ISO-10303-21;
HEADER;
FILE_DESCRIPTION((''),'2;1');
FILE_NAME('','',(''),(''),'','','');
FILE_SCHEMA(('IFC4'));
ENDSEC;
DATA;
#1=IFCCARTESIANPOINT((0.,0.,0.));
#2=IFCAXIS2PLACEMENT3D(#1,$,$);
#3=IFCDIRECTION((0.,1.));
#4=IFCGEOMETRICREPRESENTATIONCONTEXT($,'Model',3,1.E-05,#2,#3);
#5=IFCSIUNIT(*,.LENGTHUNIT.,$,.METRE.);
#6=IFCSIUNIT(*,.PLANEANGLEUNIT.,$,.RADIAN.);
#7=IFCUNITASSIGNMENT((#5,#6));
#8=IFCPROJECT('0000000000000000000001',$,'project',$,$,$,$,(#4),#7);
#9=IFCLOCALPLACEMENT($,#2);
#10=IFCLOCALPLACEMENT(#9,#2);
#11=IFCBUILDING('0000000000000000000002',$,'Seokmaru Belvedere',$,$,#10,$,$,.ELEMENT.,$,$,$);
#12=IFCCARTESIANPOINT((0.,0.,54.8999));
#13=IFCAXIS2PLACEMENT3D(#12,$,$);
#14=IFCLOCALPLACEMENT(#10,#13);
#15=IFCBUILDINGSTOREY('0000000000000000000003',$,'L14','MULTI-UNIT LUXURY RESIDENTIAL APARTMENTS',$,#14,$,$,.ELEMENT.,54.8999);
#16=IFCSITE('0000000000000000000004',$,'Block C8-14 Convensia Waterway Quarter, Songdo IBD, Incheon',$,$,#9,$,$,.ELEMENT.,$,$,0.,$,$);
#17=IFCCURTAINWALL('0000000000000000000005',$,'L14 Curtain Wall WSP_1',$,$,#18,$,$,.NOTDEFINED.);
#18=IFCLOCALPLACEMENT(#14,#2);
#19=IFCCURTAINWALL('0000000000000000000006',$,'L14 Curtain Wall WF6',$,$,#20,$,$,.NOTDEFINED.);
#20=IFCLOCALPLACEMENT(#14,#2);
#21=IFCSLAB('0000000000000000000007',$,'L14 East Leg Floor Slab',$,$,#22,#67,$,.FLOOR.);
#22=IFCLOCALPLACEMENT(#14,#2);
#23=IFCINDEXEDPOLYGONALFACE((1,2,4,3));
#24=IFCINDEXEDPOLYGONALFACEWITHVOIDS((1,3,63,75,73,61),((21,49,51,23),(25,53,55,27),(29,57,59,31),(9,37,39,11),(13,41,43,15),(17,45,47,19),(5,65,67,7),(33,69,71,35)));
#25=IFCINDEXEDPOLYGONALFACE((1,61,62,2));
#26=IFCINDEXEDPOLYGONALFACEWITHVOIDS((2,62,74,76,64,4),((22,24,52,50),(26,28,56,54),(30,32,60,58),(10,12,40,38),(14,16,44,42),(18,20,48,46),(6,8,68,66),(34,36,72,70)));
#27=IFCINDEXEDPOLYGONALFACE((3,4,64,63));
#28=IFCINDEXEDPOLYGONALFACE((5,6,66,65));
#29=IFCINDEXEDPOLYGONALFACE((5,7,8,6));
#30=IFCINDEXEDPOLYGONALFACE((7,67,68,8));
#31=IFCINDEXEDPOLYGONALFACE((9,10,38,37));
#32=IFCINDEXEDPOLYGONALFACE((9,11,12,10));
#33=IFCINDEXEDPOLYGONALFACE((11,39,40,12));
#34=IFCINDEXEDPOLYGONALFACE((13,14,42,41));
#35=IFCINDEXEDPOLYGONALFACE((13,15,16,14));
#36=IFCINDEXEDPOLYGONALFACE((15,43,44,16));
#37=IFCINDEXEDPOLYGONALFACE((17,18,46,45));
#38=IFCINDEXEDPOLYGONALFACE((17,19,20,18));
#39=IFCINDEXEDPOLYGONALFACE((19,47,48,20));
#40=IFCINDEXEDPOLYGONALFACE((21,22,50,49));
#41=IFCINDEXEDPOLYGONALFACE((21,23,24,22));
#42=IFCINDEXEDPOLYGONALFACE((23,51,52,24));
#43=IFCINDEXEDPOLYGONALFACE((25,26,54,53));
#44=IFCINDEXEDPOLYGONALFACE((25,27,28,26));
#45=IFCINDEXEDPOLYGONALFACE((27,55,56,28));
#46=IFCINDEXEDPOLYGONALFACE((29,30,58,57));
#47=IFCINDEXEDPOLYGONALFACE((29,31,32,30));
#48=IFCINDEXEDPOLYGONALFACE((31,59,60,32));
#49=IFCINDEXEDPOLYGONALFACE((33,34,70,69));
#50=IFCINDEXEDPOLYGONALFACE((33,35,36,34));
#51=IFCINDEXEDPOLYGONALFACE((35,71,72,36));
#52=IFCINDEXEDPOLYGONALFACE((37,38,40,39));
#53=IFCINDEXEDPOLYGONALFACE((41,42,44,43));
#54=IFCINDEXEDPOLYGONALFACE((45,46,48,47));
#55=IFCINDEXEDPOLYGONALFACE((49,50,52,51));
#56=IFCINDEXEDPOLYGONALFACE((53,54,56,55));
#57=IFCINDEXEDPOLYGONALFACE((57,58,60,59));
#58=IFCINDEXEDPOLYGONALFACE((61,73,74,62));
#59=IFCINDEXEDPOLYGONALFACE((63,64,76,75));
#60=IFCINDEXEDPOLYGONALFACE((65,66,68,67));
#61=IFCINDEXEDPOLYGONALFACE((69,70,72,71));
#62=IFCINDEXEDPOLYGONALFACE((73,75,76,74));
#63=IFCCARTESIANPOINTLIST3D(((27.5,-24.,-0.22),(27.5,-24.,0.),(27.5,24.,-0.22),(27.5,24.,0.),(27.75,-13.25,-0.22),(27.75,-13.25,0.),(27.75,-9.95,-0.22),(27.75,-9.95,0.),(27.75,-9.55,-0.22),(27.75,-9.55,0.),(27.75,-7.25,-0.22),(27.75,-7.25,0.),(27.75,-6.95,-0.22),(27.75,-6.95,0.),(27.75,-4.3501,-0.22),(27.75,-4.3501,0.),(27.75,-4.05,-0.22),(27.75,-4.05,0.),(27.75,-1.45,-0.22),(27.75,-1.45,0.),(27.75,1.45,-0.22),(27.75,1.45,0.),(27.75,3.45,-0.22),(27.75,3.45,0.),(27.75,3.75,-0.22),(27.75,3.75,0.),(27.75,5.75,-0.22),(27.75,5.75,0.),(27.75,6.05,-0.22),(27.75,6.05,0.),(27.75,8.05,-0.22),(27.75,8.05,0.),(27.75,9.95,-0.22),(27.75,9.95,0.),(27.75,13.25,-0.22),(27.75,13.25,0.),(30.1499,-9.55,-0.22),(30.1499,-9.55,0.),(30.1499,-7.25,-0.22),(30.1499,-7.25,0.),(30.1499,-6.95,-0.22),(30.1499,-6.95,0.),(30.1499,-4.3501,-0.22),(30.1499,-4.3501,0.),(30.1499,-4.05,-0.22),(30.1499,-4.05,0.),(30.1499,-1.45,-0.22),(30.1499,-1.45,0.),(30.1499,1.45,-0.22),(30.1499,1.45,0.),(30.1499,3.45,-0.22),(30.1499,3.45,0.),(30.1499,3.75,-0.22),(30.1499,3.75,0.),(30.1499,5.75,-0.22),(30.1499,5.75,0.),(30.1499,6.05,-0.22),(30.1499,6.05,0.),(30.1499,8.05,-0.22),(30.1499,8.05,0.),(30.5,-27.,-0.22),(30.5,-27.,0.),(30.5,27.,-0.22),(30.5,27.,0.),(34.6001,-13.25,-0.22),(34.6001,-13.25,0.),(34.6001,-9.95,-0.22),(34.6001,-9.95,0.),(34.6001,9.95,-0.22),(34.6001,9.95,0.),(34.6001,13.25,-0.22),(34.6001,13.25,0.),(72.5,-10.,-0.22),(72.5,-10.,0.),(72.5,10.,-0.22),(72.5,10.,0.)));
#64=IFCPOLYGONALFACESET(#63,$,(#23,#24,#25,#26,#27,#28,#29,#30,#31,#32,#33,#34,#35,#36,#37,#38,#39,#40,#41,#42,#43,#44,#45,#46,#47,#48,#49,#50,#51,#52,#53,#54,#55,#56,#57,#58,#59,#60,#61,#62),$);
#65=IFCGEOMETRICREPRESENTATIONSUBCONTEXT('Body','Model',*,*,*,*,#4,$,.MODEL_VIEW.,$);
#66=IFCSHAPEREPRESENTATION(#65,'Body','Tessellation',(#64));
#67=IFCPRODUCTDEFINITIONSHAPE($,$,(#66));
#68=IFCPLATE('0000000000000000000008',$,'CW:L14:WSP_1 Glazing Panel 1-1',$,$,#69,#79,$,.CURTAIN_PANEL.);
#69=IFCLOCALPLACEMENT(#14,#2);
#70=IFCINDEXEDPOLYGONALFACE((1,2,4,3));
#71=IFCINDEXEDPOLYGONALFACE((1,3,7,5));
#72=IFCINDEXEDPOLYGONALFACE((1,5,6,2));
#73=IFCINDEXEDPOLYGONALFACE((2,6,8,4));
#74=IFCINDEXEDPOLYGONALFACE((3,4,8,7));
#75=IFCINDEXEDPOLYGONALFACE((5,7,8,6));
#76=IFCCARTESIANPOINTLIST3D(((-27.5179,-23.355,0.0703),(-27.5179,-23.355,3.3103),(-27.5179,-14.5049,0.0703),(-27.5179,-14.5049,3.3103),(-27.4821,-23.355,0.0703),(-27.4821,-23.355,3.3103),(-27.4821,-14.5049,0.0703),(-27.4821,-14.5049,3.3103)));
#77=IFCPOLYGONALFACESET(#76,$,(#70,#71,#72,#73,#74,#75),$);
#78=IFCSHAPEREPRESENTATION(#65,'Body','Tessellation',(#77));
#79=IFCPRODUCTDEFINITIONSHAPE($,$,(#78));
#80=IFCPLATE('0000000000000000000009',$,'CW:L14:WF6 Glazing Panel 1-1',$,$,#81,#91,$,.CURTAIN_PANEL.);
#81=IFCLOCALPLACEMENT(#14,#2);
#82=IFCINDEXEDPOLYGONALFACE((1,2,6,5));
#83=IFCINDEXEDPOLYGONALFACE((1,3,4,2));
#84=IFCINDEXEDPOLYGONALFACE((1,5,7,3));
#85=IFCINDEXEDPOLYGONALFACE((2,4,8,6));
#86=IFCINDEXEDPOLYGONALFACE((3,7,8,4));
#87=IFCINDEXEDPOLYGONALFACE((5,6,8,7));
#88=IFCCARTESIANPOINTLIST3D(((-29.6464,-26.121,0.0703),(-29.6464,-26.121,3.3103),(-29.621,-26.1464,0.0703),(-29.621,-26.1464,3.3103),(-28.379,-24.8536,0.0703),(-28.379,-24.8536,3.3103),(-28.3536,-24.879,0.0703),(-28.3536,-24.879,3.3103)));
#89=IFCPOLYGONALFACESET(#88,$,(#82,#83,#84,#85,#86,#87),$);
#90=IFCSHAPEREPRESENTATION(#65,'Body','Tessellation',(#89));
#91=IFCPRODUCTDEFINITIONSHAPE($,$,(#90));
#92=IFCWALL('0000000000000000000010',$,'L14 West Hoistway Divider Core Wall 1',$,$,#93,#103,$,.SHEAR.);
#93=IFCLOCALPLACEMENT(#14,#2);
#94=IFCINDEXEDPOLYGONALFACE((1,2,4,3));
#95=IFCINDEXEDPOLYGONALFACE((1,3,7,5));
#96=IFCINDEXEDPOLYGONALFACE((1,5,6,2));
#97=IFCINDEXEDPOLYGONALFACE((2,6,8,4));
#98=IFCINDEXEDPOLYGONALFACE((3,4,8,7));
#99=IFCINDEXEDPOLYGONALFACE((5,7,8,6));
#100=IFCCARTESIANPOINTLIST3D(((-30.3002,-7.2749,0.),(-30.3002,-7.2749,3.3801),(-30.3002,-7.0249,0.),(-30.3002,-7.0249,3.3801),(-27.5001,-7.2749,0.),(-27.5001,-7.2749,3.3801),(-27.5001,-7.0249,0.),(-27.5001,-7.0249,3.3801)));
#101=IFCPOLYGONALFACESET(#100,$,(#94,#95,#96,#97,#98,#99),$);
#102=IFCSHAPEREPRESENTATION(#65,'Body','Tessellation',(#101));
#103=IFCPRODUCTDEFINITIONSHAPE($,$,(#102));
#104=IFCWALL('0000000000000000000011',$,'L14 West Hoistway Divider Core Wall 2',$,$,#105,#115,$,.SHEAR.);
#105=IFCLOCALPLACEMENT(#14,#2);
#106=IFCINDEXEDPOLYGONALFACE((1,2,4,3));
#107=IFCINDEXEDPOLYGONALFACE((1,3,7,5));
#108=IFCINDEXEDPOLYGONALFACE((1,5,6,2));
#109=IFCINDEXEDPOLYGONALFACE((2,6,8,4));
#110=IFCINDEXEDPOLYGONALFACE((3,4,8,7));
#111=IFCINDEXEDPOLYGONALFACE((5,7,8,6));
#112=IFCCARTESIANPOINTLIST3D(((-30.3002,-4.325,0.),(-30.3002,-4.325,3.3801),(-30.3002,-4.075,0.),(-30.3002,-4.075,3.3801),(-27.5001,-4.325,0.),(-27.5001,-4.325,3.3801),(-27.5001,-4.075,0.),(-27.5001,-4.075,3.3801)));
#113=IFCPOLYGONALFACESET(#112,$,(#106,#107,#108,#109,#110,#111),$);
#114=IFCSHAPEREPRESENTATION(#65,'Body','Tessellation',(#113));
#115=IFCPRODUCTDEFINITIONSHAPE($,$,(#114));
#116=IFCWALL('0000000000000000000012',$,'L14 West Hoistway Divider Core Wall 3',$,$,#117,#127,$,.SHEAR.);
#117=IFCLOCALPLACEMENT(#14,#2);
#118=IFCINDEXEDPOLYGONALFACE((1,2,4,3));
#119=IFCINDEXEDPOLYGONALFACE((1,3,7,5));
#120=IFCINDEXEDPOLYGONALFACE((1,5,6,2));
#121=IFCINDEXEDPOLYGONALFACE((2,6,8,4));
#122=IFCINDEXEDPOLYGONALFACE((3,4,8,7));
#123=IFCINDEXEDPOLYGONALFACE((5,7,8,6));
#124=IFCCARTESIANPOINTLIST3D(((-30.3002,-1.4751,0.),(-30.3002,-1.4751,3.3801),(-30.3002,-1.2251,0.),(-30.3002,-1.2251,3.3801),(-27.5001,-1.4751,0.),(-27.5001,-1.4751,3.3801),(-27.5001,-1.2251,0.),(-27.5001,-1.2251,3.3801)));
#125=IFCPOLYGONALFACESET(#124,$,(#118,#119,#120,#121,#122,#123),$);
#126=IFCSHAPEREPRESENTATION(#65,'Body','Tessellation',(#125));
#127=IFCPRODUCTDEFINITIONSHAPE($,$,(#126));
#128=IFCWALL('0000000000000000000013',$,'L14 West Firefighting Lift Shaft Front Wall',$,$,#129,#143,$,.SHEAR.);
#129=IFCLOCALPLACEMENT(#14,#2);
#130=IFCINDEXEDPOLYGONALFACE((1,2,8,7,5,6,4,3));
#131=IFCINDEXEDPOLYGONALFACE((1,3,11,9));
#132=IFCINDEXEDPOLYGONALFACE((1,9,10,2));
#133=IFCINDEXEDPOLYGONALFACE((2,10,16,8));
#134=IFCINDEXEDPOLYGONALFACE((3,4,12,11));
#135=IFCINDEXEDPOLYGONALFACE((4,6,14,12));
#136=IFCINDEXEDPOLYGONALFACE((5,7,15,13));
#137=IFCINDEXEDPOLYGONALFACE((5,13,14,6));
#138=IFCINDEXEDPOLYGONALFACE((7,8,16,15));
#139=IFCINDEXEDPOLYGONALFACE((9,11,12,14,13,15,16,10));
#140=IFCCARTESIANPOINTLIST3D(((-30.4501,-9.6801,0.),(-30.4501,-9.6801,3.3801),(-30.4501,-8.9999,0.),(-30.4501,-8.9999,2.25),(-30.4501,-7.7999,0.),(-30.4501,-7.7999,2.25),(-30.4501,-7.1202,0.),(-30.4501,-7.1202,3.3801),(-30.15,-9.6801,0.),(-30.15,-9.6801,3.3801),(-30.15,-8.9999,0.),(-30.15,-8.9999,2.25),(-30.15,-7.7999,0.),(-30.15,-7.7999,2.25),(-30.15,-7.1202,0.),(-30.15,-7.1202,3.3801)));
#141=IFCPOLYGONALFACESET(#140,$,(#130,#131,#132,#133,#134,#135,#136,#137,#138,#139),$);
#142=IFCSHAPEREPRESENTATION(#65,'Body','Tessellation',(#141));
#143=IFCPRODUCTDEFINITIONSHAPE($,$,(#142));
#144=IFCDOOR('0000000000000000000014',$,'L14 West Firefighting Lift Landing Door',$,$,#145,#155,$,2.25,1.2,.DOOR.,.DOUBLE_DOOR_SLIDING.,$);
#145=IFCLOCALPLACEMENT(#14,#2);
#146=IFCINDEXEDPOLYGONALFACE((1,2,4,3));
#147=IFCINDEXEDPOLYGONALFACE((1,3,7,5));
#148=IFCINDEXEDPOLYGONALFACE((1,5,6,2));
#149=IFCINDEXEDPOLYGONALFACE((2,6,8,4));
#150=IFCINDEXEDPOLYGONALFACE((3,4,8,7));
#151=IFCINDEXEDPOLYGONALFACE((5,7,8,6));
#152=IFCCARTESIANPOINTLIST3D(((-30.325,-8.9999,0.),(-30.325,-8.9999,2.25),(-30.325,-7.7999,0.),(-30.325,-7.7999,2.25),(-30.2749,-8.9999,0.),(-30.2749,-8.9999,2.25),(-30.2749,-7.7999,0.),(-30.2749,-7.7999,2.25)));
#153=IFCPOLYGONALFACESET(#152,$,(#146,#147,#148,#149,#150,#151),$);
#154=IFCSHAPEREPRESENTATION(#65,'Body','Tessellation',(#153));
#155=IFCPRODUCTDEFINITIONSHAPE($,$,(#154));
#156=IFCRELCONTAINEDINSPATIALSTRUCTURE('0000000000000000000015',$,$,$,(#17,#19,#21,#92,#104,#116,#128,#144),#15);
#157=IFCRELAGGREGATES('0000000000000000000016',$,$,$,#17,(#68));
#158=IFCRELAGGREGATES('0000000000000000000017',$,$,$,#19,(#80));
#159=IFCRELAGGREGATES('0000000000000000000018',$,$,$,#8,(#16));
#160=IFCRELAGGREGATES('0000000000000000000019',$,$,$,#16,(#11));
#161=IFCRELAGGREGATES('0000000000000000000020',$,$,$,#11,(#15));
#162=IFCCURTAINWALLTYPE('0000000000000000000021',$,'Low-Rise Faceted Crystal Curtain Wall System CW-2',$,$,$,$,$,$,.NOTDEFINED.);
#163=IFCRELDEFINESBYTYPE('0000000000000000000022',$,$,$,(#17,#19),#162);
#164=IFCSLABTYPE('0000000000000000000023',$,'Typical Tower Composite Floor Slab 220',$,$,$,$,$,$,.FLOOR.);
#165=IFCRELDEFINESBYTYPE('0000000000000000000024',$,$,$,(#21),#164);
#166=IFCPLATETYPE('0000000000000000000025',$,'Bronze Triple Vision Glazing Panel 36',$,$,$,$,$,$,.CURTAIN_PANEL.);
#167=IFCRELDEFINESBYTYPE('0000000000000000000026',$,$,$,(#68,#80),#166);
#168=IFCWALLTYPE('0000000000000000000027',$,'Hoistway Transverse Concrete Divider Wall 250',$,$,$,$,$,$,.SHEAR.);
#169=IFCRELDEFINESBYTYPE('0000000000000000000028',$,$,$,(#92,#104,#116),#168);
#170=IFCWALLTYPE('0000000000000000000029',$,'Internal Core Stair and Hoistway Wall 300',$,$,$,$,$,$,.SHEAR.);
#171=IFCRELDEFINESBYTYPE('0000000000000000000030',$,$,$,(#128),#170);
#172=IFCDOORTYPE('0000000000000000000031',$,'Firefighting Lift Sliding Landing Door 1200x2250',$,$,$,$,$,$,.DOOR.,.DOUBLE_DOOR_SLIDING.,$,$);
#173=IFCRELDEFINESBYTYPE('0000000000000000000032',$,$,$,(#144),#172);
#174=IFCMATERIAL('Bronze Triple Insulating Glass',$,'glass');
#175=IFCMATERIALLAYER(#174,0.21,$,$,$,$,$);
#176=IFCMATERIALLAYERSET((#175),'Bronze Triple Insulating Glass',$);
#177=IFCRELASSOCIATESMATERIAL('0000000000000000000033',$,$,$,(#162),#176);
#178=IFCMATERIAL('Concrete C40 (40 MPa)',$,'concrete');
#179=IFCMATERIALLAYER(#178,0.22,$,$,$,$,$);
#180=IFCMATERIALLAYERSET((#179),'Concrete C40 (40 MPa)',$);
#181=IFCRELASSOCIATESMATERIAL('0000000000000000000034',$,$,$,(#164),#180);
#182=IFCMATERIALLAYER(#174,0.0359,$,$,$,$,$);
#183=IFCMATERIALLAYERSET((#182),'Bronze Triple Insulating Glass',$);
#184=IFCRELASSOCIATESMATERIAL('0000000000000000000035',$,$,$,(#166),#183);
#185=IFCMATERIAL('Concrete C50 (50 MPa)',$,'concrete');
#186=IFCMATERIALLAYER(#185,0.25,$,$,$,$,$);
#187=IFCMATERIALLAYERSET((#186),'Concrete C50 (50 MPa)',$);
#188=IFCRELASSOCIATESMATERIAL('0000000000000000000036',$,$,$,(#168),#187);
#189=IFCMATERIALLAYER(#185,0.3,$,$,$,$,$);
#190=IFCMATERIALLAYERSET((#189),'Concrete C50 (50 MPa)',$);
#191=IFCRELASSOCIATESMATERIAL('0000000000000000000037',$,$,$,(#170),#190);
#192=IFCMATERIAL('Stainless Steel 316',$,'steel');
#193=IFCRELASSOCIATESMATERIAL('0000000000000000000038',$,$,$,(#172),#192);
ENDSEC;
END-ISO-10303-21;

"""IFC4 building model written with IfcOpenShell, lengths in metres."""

from ifc_helpers import new_model, si_unit, direction, frame, frame_2d, origin, origin_2d, place, context, subcontext, project, spatial, polyline, rectangle, outline, extrude, source, transform, mapped, material, layer, layer_set, type_object, type_shapes, element, fill, aggregate, save


model = new_model("IFC4")

# Units and contexts
model_context = context("Model", 3, precision=1e-05, world=origin(), true_north=direction((0.0, 1.0)))
body_context = subcontext(model_context, "Body", "Model", "MODEL_VIEW")
ifc_project = project(units=[si_unit("LENGTHUNIT", "METRE"), si_unit("PLANEANGLEUNIT", "RADIAN")], contexts=[model_context])

# Site, building, storey
site_placement = place(None, origin())
site = spatial("IfcSite", under=ifc_project, at=site_placement, Name="Block C8-14 Convensia Waterway Quarter, Songdo IBD, Incheon", CompositionType="ELEMENT", RefElevation=0.0)
building_placement = place(site_placement, origin())
building = spatial("IfcBuilding", under=site, at=building_placement, Name="Seokmaru Belvedere", CompositionType="ELEMENT")
storey_placement = place(building_placement, frame((0.0, 0.0, 54.8999)))
storey = spatial("IfcBuildingStorey", under=building, at=storey_placement, Name="L14", Description="MULTI-UNIT LUXURY RESIDENTIAL APARTMENTS", CompositionType="ELEMENT", Elevation=54.8999)

# Curtain walls
ifc_material_1 = material(Name="Bronze Triple Insulating Glass", Category="glass")
ifc_layer_1 = layer(ifc_material_1, 0.21)
ifc_layer_set_1 = layer_set([ifc_layer_1], Name="Bronze Triple Insulating Glass")
curtain_wall_type = type_object("IfcCurtainWallType", Name="Low-Rise Faceted Crystal Curtain Wall System CW-2", PredefinedType="NOTDEFINED", material=ifc_layer_set_1)
curtain_wall_1_placement = place(storey_placement, origin())
curtain_wall_1 = element("IfcCurtainWall", 1, at=curtain_wall_1_placement, inside=storey, type_object=curtain_wall_type, Name="L14 Curtain Wall WSP_1", PredefinedType="NOTDEFINED")
curtain_wall_2_placement = place(storey_placement, origin())
curtain_wall_2 = element("IfcCurtainWall", 2, at=curtain_wall_2_placement, inside=storey, type_object=curtain_wall_type, Name="L14 Curtain Wall WF6", PredefinedType="NOTDEFINED")

# Shared definitions
ifc_material_2 = material(Name="Concrete C40 (40 MPa)", Category="concrete")

# Slab
ifc_layer_2 = layer(ifc_material_2, 0.22)
ifc_layer_set_2 = layer_set([ifc_layer_2], Name="Concrete C40 (40 MPa)")
slab_type_1 = type_object("IfcSlabType", Name="Typical Tower Composite Floor Slab 220", PredefinedType="FLOOR", material=ifc_layer_set_2)
slab_1_placement = place(storey_placement, frame((0.0, 0.0, -0.22)))
element("IfcSlab", 3, at=slab_1_placement, inside=storey, type_object=slab_type_1, Name="L14 East Leg Floor Slab", PredefinedType="FLOOR", context=body_context, shape_type="SweptSolid", body=[
    extrude(outline(polyline([(30.5, -27.0), (72.5, -10.0), (72.5, 10.0), (30.5, 27.0), (27.5, 24.0), (27.5, -24.0), (30.5, -27.0)]), holes=[polyline([(27.75, -13.25), (34.6001, -13.25), (34.6001, -9.95), (27.75, -9.95), (27.75, -13.25)]), polyline([(27.75, 9.95), (34.6001, 9.95), (34.6001, 13.25), (27.75, 13.25), (27.75, 9.95)]), polyline([(27.75, -9.55), (30.1499, -9.55), (30.1499, -7.25), (27.75, -7.25), (27.75, -9.55)]), polyline([(27.75, -6.95), (30.1499, -6.95), (30.1499, -4.3501), (27.75, -4.3501), (27.75, -6.95)]), polyline([(27.75, -4.05), (30.1499, -4.05), (30.1499, -1.45), (27.75, -1.45), (27.75, -4.05)]), polyline([(27.75, 1.45), (30.1499, 1.45), (30.1499, 3.45), (27.75, 3.45), (27.75, 1.45)]), polyline([(27.75, 3.75), (30.1499, 3.75), (30.1499, 5.75), (27.75, 5.75), (27.75, 3.75)]), polyline([(27.75, 6.05), (30.1499, 6.05), (30.1499, 8.05), (27.75, 8.05), (27.75, 6.05)])]), origin(), (0.0, 0.0, 1.0), 0.22),
])

# Plates
ifc_layer_3 = layer(ifc_material_1, 0.0359)
ifc_layer_set_3 = layer_set([ifc_layer_3], Name="Bronze Triple Insulating Glass")
plate_type = type_object("IfcPlateType", Name="Bronze Triple Vision Glazing Panel 36", PredefinedType="CURTAIN_PANEL", material=ifc_layer_set_3)
shared_shape_1 = source(origin(), body_context, "Body", "SweptSolid", [
    extrude(rectangle(XDim=8.8501, YDim=0.0359, at=origin_2d()), origin(), (0.0, 0.0, 1.0), 3.24),
])
plate_1_placement = place(storey_placement, frame((-27.5, -18.9299, 0.0703), z_axis=(0.0, 0.0, 1.0), x_axis=(0.0, 1.0, 0.0)))
plate_1 = element("IfcPlate", 4, at=plate_1_placement, type_object=plate_type, Name="CW:L14:WSP_1 Glazing Panel 1-1", PredefinedType="CURTAIN_PANEL", context=body_context, shape_type="MappedRepresentation", body=[
    mapped(shared_shape_1, transform((0.0, 0.0, 0.0), scale=1.0)),
])
aggregate(curtain_wall_1, [plate_1])
shared_shape_2 = source(origin(), body_context, "Body", "SweptSolid", [
    extrude(rectangle(XDim=1.7925, YDim=0.0359, at=origin_2d()), origin(), (0.0, 0.0, 1.0), 3.24),
])
type_shapes(plate_type, [shared_shape_1, shared_shape_2])
plate_2_placement = place(storey_placement, frame((-29.0, -25.5, 0.0703), z_axis=(0.0, 0.0, 1.0), x_axis=(0.707107, 0.707107, 0.0)))
plate_2 = element("IfcPlate", 5, at=plate_2_placement, type_object=plate_type, Name="CW:L14:WF6 Glazing Panel 1-1", PredefinedType="CURTAIN_PANEL", context=body_context, shape_type="MappedRepresentation", body=[
    mapped(shared_shape_2, transform((0.0, 0.0, 0.0), scale=1.0)),
])
aggregate(curtain_wall_2, [plate_2])

# Walls
ifc_material_3 = material(Name="Concrete C50 (50 MPa)", Category="concrete")
ifc_layer_4 = layer(ifc_material_3, 0.25)
ifc_layer_set_4 = layer_set([ifc_layer_4], Name="Concrete C50 (50 MPa)")
wall_type_1 = type_object("IfcWallType", Name="Hoistway Transverse Concrete Divider Wall 250", PredefinedType="SHEAR", material=ifc_layer_set_4)
for number, where, z_axis, x_axis, name in (
    (6, (-30.3, -7.1499, 0.0), (0.0, 0.0, 1.0), (1.0, 0.0, 0.0), "L14 West Hoistway Divider Core Wall 1"),
    (7, (-30.3, -4.2, 0.0), (0.0, 0.0, 1.0), (1.0, 0.0, 0.0), "L14 West Hoistway Divider Core Wall 2"),
    (8, (-30.3, -1.3501, 0.0), (0.0, 0.0, 1.0), (1.0, 0.0, 0.0), "L14 West Hoistway Divider Core Wall 3"),
):
    element("IfcWall", number, at=place(storey_placement, frame(where, z_axis=z_axis, x_axis=x_axis)), inside=storey, type_object=wall_type_1, Name=name, PredefinedType="SHEAR", context=body_context, shape_type="SweptSolid", body=[
        extrude(rectangle(XDim=2.8, YDim=0.25, at=frame_2d((1.3999, 0.0))), origin(), (0.0, 0.0, 1.0), 3.3801),
    ])

# Wall, opening, door
ifc_layer_5 = layer(ifc_material_3, 0.3)
ifc_layer_set_5 = layer_set([ifc_layer_5], Name="Concrete C50 (50 MPa)")
wall_type_2 = type_object("IfcWallType", Name="Internal Core Stair and Hoistway Wall 300", PredefinedType="SHEAR", material=ifc_layer_set_5)
wall_1_placement = place(storey_placement, frame((-30.3, -9.6799, 0.0), z_axis=(0.0, 0.0, 1.0), x_axis=(0.0, 1.0, 0.0)))
wall_1 = element("IfcWall", 9, at=wall_1_placement, inside=storey, type_object=wall_type_2, Name="L14 West Firefighting Lift Shaft Front Wall", PredefinedType="SHEAR", context=body_context, shape_type="SweptSolid", body=[
    extrude(rectangle(XDim=2.5598, YDim=0.3, at=frame_2d((1.2798, 0.0))), origin(), (0.0, 0.0, 1.0), 3.3801),
])
opening_1_placement = place(wall_1_placement, frame((0.6799, 0.0, 0.0)))
opening_1 = element("IfcOpeningElement", 10, at=opening_1_placement, cuts=wall_1, PredefinedType="OPENING", context=body_context, shape_type="SweptSolid", body=[
    extrude(rectangle(XDim=1.2, YDim=2.25, at=frame_2d((0.6001, 1.125))), frame((0.0, 0.1602, 0.0), z_axis=(0.0, -1.0, 0.0), x_axis=(1.0, 0.0, 0.0)), (0.0, 0.0, 1.0), 0.3201),
])
ifc_material_4 = material(Name="Stainless Steel 316", Category="steel")
door_type_1 = type_object("IfcDoorType", Name="Firefighting Lift Sliding Landing Door 1200x2250", OperationType="DOUBLE_DOOR_SLIDING", PredefinedType="DOOR", material=ifc_material_4)
shared_shape_3 = source(origin(), body_context, "Body", "SweptSolid", [
    extrude(rectangle(XDim=1.2, YDim=2.25, at=frame_2d((0.6001, 1.125))), frame((0.0, 0.0249, 0.0), z_axis=(0.0, -1.0, 0.0), x_axis=(1.0, 0.0, 0.0)), (0.0, 0.0, 1.0), 0.05),
])
type_shapes(door_type_1, [shared_shape_3])
door_1_placement = place(opening_1_placement, origin())
door_1 = element("IfcDoor", 11, at=door_1_placement, inside=storey, type_object=door_type_1, Name="L14 West Firefighting Lift Landing Door", OperationType="DOUBLE_DOOR_SLIDING", OverallHeight=2.25, OverallWidth=1.2, PredefinedType="DOOR", context=body_context, shape_type="MappedRepresentation", body=[
    mapped(shared_shape_3, transform((0.0, 0.0, 0.0), scale=1.0)),
])
fill(opening_1, door_1)

save(model, "model.ifc")
